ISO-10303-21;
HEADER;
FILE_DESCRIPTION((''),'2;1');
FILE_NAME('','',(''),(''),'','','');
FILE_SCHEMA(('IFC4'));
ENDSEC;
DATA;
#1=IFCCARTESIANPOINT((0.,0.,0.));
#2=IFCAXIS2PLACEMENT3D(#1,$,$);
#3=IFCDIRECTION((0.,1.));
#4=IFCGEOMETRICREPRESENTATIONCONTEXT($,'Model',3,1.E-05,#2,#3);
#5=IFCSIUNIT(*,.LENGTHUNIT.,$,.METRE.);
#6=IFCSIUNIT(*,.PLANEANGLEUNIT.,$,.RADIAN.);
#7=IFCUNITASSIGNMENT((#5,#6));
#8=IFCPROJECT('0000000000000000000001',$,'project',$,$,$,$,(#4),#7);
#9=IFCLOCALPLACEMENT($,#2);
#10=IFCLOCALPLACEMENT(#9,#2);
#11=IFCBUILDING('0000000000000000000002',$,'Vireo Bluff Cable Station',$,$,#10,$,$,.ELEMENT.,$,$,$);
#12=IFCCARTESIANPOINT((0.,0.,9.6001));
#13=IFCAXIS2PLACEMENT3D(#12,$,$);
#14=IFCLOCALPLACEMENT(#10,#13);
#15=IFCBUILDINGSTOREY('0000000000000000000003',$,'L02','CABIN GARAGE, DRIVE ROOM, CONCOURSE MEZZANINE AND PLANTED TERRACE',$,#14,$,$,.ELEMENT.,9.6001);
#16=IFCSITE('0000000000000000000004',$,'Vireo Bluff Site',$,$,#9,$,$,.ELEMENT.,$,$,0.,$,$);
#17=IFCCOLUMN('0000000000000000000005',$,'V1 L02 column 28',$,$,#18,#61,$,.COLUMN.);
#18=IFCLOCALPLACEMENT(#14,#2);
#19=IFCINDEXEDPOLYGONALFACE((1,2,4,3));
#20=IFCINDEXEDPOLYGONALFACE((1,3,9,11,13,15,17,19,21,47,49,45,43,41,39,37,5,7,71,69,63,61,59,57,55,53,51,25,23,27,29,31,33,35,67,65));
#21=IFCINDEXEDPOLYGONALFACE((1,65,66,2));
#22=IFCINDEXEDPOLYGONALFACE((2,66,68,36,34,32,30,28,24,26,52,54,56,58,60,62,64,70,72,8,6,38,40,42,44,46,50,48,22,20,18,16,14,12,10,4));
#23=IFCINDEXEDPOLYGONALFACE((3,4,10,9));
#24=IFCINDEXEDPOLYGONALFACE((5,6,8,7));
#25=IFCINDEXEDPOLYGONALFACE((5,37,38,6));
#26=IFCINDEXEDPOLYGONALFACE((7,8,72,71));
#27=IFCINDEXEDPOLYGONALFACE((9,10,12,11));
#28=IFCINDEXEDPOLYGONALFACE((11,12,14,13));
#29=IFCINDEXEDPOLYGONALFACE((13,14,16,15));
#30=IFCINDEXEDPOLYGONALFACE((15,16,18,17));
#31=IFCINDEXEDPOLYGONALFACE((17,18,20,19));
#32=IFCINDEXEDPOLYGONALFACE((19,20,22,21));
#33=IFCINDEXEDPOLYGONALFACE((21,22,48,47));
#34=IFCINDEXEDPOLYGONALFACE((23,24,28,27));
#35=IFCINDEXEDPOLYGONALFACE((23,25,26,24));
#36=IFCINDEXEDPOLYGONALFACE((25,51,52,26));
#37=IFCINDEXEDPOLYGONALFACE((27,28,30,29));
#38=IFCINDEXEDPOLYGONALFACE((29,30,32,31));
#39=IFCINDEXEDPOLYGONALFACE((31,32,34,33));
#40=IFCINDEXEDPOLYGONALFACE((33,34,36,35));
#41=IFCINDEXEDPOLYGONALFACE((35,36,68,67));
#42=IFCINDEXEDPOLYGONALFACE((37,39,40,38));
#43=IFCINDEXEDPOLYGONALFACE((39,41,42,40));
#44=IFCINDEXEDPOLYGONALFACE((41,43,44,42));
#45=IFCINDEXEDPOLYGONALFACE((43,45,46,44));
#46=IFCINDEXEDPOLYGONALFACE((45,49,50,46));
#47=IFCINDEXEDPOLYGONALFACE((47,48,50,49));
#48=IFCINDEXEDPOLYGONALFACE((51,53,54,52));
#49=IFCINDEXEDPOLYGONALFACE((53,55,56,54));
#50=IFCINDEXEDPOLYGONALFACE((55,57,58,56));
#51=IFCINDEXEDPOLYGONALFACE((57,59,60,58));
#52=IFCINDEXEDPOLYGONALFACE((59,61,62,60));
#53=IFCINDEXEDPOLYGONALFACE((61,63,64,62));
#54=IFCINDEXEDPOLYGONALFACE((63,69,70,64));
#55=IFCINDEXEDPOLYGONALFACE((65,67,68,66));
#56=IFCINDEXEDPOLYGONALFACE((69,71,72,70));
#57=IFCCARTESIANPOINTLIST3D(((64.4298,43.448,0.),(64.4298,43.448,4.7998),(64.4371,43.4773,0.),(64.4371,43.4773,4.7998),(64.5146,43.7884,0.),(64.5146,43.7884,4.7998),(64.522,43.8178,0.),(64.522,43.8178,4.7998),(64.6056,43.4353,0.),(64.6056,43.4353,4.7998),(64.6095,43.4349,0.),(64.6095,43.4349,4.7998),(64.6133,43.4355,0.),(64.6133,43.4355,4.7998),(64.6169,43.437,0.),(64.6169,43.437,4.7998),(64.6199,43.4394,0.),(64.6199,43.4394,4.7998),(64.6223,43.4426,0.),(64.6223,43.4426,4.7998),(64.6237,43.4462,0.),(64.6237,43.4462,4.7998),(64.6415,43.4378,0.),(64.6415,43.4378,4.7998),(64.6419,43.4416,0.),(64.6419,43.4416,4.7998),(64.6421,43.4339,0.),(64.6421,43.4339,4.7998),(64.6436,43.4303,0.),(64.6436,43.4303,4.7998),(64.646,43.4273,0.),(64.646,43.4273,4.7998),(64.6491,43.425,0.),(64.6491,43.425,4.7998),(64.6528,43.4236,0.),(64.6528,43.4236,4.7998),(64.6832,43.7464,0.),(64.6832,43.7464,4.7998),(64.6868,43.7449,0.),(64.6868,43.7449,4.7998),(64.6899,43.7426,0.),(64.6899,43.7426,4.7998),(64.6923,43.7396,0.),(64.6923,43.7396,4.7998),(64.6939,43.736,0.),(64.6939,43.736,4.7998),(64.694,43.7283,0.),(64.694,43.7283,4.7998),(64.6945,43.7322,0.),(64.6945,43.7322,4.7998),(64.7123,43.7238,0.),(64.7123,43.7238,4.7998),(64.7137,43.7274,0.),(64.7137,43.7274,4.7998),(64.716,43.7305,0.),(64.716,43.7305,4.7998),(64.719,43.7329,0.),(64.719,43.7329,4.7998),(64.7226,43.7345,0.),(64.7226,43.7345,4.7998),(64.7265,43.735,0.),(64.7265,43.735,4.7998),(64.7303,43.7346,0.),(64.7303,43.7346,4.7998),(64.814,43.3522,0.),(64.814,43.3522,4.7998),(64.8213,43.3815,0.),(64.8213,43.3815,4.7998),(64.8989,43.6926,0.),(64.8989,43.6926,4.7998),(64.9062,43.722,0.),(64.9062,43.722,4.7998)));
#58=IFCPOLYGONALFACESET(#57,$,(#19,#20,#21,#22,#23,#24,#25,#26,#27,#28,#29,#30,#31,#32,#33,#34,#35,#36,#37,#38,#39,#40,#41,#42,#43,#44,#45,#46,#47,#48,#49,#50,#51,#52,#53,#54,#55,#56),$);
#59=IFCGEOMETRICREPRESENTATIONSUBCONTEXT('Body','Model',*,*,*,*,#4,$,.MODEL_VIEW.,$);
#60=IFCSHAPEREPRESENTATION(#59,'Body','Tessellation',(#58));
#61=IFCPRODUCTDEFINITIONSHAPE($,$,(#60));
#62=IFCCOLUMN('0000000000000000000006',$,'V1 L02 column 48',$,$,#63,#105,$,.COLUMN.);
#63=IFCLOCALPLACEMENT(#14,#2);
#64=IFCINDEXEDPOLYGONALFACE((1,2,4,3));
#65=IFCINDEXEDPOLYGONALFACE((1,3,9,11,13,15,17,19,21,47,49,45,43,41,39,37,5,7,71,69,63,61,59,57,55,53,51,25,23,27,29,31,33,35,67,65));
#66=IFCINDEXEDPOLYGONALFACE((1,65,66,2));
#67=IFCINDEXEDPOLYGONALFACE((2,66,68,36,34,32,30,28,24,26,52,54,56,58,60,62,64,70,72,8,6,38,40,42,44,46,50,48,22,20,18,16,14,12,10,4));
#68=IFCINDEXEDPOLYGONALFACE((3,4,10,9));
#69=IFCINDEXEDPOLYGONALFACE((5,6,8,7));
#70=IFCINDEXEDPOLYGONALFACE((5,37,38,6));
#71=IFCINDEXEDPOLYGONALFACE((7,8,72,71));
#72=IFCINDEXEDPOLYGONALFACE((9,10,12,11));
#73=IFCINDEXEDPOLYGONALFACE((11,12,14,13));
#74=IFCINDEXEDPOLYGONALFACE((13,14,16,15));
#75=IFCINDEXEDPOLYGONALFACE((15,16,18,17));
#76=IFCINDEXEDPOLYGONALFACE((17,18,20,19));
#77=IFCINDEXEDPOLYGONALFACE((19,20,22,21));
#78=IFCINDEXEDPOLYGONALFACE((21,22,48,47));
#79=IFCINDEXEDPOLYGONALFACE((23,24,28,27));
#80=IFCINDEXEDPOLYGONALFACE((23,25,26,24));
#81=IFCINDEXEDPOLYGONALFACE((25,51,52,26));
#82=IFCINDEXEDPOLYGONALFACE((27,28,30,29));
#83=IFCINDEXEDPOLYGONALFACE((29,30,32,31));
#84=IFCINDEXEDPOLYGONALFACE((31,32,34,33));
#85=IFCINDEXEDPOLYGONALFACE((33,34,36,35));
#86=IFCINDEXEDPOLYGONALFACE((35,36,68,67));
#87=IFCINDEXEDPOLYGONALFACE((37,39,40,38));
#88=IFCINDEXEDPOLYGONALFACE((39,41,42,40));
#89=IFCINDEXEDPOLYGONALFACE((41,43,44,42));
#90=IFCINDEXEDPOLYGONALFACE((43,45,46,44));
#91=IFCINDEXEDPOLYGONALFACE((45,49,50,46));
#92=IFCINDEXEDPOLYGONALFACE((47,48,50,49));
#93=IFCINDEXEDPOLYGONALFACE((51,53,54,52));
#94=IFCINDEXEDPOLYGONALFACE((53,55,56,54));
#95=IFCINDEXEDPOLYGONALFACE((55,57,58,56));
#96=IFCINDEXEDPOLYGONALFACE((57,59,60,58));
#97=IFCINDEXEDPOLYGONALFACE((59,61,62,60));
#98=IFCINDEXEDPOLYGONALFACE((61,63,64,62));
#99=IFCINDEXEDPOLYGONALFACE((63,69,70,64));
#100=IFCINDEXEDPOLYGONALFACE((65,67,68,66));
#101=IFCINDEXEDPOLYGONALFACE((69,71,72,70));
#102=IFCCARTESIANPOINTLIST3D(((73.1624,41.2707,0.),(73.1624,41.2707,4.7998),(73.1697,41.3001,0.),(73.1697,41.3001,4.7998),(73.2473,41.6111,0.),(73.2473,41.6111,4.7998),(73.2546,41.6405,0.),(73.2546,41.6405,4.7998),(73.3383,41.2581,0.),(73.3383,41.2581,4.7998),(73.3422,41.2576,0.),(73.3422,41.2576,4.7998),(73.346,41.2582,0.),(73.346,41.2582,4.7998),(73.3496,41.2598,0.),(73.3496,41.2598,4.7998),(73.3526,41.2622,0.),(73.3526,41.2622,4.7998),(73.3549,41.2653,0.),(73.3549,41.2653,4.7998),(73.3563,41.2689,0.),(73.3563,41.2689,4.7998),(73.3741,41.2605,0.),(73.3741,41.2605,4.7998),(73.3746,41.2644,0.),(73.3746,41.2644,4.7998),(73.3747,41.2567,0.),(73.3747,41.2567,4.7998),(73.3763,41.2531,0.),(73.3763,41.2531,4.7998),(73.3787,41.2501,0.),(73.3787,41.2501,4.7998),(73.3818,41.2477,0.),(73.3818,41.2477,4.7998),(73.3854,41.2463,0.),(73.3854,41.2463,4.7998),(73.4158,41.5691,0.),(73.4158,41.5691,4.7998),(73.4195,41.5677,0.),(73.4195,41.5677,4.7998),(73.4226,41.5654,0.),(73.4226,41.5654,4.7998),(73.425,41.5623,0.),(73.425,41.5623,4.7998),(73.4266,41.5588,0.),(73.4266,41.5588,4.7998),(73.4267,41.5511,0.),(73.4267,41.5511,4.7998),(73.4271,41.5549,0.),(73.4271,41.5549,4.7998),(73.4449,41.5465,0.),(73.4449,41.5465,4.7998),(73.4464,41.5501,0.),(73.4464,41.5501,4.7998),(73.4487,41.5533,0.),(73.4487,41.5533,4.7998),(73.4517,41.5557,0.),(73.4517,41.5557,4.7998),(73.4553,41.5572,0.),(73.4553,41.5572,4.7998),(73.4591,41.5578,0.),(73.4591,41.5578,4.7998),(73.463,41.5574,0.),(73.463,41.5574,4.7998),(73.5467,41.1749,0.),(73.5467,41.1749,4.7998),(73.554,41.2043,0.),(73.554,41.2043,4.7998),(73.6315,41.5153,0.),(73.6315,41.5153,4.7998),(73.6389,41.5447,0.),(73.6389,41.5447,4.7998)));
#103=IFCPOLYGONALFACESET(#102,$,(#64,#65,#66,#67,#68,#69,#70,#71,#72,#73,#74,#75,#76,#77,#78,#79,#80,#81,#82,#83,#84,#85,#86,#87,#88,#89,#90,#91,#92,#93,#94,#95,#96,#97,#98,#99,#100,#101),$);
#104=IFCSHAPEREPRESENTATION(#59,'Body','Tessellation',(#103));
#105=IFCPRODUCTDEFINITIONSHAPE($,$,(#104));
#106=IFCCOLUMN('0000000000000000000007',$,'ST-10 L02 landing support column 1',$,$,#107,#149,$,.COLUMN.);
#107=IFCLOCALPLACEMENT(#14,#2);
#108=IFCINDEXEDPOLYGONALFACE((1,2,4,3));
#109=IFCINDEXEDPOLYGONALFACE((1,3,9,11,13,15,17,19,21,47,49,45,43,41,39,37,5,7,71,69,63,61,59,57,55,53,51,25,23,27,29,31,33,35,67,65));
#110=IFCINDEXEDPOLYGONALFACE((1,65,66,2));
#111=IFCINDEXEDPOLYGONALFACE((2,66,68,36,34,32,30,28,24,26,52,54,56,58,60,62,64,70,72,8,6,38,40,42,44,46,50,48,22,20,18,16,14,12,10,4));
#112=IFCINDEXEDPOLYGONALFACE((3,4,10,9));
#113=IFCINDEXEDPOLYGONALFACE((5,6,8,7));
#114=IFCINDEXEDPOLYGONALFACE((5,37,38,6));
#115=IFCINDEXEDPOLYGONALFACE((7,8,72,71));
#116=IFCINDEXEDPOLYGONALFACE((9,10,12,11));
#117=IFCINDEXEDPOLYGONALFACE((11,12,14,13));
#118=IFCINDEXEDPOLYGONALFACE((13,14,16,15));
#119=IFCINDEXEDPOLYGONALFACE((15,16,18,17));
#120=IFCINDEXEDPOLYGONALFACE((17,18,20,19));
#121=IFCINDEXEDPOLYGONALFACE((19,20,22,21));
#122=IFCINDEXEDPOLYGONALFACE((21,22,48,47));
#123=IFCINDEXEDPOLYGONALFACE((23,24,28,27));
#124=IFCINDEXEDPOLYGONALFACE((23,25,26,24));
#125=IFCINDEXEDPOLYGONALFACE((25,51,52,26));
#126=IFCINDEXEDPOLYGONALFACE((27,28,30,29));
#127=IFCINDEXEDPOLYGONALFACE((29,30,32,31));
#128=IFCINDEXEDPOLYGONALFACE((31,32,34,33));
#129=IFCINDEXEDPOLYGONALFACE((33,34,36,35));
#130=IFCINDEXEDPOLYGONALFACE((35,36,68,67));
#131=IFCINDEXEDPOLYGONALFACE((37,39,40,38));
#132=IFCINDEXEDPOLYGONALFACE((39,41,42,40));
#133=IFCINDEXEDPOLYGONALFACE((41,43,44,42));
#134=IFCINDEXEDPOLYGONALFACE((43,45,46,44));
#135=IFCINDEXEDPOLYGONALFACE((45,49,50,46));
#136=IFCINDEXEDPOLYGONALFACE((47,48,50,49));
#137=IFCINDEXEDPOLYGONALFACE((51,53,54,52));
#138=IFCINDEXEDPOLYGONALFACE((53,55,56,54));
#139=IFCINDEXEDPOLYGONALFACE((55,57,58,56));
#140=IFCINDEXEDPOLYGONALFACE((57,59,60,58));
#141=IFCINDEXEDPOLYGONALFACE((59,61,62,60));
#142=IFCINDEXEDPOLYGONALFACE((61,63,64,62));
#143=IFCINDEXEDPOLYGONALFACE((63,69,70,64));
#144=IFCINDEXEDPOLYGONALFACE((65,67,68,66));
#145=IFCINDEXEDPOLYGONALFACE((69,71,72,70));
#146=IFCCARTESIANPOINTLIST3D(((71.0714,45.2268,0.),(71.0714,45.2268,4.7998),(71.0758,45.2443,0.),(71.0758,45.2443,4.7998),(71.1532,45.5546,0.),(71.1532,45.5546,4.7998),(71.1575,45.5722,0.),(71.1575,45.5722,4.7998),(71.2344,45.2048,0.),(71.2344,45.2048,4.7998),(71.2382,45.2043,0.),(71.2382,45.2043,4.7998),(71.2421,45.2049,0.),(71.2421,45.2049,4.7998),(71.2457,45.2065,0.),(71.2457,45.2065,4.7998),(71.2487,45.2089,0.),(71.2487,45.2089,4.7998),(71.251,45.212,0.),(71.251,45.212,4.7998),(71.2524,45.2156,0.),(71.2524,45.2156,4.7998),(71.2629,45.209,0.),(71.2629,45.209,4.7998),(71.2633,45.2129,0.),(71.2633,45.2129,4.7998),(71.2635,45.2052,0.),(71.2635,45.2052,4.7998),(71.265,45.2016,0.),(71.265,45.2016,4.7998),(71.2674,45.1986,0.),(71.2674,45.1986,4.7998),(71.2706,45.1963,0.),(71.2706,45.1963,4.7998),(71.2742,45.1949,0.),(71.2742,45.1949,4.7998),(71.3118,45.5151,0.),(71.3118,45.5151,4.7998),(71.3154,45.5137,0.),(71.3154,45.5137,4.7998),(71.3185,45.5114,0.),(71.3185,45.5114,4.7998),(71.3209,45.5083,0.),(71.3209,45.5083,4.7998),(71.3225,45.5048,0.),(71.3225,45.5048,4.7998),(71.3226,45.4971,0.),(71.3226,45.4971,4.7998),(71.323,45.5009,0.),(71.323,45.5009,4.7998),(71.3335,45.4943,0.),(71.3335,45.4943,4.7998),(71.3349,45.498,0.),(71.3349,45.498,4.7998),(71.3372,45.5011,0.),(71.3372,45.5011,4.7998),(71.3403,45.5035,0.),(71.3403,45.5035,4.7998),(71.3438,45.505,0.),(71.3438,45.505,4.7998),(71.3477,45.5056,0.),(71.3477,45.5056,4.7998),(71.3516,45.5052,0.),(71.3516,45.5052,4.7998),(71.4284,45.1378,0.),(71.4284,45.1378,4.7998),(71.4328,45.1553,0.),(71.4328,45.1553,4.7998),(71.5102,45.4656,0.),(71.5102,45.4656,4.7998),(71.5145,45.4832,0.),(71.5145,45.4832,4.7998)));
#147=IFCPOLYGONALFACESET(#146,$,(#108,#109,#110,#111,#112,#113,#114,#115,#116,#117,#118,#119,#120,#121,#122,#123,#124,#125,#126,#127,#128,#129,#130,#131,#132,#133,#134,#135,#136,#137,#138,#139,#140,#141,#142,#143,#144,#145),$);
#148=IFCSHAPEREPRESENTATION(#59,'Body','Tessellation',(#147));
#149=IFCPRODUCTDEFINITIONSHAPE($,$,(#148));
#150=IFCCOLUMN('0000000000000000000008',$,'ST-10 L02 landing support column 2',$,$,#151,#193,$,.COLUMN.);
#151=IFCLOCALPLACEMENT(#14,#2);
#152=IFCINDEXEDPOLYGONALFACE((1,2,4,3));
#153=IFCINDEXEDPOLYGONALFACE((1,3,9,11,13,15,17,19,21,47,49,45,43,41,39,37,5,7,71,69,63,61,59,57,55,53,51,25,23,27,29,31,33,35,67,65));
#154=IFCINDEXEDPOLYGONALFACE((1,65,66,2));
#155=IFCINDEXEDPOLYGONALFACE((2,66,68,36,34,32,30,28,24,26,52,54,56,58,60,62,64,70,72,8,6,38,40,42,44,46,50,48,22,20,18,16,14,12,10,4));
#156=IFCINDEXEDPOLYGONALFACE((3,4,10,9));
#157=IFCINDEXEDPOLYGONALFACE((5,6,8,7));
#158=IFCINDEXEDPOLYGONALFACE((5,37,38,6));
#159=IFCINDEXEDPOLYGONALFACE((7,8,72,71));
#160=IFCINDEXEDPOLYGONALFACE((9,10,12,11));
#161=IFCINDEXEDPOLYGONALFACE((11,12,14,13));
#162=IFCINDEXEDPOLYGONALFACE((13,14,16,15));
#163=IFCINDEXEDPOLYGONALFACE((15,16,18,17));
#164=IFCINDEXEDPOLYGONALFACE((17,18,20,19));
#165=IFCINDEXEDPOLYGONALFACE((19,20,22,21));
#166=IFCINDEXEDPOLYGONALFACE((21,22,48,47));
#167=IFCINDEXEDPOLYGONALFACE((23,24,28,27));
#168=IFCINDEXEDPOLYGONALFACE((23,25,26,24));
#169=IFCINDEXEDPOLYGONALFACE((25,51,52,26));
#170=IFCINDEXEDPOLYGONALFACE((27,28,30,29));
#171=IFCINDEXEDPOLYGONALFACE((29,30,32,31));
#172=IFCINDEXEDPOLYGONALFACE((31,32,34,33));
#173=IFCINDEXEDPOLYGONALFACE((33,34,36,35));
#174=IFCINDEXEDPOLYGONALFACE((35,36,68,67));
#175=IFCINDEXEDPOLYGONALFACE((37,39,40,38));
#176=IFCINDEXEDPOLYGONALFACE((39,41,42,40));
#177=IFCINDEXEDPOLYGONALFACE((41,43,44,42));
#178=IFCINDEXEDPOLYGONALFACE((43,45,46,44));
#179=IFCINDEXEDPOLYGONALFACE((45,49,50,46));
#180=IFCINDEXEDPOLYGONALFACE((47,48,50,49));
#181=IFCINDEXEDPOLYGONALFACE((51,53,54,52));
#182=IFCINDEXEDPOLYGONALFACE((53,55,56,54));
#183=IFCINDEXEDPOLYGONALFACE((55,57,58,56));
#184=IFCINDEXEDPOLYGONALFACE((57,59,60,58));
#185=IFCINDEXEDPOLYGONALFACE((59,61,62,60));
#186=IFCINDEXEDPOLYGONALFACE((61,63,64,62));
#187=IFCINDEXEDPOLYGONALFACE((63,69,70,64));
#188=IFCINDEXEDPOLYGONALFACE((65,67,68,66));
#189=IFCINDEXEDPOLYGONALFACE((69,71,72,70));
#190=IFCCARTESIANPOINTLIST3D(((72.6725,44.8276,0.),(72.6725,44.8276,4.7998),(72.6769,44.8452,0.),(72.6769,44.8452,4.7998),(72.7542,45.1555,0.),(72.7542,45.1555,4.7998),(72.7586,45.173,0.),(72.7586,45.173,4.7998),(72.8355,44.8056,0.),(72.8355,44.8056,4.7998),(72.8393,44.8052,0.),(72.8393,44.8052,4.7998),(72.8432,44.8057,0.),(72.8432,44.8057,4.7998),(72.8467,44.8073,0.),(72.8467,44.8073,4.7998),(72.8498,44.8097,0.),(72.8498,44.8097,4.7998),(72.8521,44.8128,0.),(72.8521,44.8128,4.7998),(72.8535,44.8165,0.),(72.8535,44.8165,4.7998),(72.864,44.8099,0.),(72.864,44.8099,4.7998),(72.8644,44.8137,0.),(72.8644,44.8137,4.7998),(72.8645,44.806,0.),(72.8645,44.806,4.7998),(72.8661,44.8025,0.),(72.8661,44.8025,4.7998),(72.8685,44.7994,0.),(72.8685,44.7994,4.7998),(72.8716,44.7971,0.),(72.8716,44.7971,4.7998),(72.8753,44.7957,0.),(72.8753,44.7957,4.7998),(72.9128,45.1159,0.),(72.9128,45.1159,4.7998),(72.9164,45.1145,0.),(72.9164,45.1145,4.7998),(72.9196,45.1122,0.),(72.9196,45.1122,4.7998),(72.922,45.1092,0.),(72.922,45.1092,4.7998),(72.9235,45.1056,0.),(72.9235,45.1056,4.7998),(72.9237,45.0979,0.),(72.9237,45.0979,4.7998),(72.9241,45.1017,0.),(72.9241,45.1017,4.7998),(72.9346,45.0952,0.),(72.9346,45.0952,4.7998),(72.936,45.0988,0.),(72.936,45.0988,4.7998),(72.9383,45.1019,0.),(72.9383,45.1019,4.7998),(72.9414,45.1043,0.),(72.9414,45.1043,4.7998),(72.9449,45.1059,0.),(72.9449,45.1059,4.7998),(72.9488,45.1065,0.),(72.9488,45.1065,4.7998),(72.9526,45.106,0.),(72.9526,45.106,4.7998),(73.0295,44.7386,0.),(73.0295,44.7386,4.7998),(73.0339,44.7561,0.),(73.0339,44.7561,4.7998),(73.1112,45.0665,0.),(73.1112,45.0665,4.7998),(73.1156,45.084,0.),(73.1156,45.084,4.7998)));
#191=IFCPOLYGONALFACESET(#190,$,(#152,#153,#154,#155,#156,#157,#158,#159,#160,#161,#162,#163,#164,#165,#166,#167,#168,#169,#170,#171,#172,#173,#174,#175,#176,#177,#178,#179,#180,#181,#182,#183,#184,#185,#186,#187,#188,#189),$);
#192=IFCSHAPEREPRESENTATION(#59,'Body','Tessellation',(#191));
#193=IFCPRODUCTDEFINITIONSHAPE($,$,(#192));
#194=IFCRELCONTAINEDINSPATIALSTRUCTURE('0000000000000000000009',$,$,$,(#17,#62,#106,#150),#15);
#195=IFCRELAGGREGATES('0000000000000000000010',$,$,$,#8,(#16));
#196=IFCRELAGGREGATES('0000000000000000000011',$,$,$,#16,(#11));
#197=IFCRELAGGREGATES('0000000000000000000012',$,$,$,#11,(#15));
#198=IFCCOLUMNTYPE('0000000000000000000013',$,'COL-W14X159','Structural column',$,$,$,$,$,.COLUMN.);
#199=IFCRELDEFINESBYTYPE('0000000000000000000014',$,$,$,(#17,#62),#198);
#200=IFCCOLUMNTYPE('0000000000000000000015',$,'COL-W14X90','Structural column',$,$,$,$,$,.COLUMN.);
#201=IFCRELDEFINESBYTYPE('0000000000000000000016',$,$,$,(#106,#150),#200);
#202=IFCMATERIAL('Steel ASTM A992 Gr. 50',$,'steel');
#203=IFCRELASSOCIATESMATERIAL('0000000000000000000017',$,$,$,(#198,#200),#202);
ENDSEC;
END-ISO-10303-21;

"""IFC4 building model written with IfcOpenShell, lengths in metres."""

from ifc_helpers import new_model, si_unit, direction, frame, origin, origin_2d, place, context, subcontext, project, spatial, i_section, extrude, material, material_profile, profile_set, type_object, element, save


model = new_model("IFC4")

# Units and contexts
model_context = context("Model", 3, precision=1e-05, world=origin(), true_north=direction((0.0, 1.0)))
body_context = subcontext(model_context, "Body", "Model", "MODEL_VIEW")
ifc_project = project(units=[si_unit("LENGTHUNIT", "METRE"), si_unit("PLANEANGLEUNIT", "RADIAN")], contexts=[model_context])

# Site, building, storey
site_placement = place(None, origin())
site = spatial("IfcSite", under=ifc_project, at=site_placement, Name="Vireo Bluff Site", CompositionType="ELEMENT", RefElevation=0.0)
building_placement = place(site_placement, origin())
building = spatial("IfcBuilding", under=site, at=building_placement, Name="Vireo Bluff Cable Station", CompositionType="ELEMENT")
storey_placement = place(building_placement, frame((0.0, 0.0, 9.6001)))
storey = spatial("IfcBuildingStorey", under=building, at=storey_placement, Name="L02", Description="CABIN GARAGE, DRIVE ROOM, CONCOURSE MEZZANINE AND PLANTED TERRACE", CompositionType="ELEMENT", Elevation=9.6001)

# Columns
ifc_material_1 = material(Name="Steel ASTM A992 Gr. 50", Category="steel")
ifc_material_profile_1 = material_profile(ifc_material_1, i_section(OverallWidth=0.396, OverallDepth=0.3811, WebThickness=0.0188, FlangeThickness=0.0303, FilletRadius=0.0149, at=origin_2d()), Name="W14X159")
ifc_profile_set_1 = profile_set([ifc_material_profile_1], Name="Steel ASTM A992 Gr. 50")
column_type_1 = type_object("IfcColumnType", Name="COL-W14X159", Description="Structural column", PredefinedType="COLUMN", material=ifc_profile_set_1)
for number, where, z_axis, x_axis, name in (
    (1, (64.668, 43.585, 0.0), (0.0, 0.0, 1.0), (0.970296, -0.241922, 0.0), "V1 L02 column 28"),
    (2, (73.4006, 41.4077, 0.0), (0.0, 0.0, 1.0), (0.970296, -0.241922, 0.0), "V1 L02 column 48"),
):
    element("IfcColumn", number, at=place(storey_placement, frame(where, z_axis=z_axis, x_axis=x_axis)), inside=storey, type_object=column_type_1, Name=name, PredefinedType="COLUMN", context=body_context, shape_type="SweptSolid", body=[
        extrude(i_section(OverallWidth=0.396, OverallDepth=0.3811, WebThickness=0.0188, FlangeThickness=0.0303, FilletRadius=0.0149, at=origin_2d()), origin(), (0.0, 0.0, 1.0), 4.7998),
    ])
ifc_material_profile_2 = material_profile(ifc_material_1, i_section(OverallWidth=0.3679, OverallDepth=0.356, WebThickness=0.0112, FlangeThickness=0.0181, FilletRadius=0.0149, at=origin_2d()), Name="W14X90")
ifc_profile_set_2 = profile_set([ifc_material_profile_2], Name="Steel ASTM A992 Gr. 50")
column_type_2 = type_object("IfcColumnType", Name="COL-W14X90", Description="Structural column", PredefinedType="COLUMN", material=ifc_profile_set_2)
for number, where, z_axis, x_axis, name in (
    (3, (71.293, 45.355, 0.0), (0.0, 0.0, 1.0), (0.970296, -0.241922, 0.0), "ST-10 L02 landing support column 1"),
    (4, (72.894, 44.9558, 0.0), (0.0, 0.0, 1.0), (0.970296, -0.241922, 0.0), "ST-10 L02 landing support column 2"),
):
    element("IfcColumn", number, at=place(storey_placement, frame(where, z_axis=z_axis, x_axis=x_axis)), inside=storey, type_object=column_type_2, Name=name, PredefinedType="COLUMN", context=body_context, shape_type="SweptSolid", body=[
        extrude(i_section(OverallWidth=0.3679, OverallDepth=0.356, WebThickness=0.0112, FlangeThickness=0.0181, FilletRadius=0.0149, at=origin_2d()), origin(), (0.0, 0.0, 1.0), 4.7998),
    ])

save(model, "model.ifc")
